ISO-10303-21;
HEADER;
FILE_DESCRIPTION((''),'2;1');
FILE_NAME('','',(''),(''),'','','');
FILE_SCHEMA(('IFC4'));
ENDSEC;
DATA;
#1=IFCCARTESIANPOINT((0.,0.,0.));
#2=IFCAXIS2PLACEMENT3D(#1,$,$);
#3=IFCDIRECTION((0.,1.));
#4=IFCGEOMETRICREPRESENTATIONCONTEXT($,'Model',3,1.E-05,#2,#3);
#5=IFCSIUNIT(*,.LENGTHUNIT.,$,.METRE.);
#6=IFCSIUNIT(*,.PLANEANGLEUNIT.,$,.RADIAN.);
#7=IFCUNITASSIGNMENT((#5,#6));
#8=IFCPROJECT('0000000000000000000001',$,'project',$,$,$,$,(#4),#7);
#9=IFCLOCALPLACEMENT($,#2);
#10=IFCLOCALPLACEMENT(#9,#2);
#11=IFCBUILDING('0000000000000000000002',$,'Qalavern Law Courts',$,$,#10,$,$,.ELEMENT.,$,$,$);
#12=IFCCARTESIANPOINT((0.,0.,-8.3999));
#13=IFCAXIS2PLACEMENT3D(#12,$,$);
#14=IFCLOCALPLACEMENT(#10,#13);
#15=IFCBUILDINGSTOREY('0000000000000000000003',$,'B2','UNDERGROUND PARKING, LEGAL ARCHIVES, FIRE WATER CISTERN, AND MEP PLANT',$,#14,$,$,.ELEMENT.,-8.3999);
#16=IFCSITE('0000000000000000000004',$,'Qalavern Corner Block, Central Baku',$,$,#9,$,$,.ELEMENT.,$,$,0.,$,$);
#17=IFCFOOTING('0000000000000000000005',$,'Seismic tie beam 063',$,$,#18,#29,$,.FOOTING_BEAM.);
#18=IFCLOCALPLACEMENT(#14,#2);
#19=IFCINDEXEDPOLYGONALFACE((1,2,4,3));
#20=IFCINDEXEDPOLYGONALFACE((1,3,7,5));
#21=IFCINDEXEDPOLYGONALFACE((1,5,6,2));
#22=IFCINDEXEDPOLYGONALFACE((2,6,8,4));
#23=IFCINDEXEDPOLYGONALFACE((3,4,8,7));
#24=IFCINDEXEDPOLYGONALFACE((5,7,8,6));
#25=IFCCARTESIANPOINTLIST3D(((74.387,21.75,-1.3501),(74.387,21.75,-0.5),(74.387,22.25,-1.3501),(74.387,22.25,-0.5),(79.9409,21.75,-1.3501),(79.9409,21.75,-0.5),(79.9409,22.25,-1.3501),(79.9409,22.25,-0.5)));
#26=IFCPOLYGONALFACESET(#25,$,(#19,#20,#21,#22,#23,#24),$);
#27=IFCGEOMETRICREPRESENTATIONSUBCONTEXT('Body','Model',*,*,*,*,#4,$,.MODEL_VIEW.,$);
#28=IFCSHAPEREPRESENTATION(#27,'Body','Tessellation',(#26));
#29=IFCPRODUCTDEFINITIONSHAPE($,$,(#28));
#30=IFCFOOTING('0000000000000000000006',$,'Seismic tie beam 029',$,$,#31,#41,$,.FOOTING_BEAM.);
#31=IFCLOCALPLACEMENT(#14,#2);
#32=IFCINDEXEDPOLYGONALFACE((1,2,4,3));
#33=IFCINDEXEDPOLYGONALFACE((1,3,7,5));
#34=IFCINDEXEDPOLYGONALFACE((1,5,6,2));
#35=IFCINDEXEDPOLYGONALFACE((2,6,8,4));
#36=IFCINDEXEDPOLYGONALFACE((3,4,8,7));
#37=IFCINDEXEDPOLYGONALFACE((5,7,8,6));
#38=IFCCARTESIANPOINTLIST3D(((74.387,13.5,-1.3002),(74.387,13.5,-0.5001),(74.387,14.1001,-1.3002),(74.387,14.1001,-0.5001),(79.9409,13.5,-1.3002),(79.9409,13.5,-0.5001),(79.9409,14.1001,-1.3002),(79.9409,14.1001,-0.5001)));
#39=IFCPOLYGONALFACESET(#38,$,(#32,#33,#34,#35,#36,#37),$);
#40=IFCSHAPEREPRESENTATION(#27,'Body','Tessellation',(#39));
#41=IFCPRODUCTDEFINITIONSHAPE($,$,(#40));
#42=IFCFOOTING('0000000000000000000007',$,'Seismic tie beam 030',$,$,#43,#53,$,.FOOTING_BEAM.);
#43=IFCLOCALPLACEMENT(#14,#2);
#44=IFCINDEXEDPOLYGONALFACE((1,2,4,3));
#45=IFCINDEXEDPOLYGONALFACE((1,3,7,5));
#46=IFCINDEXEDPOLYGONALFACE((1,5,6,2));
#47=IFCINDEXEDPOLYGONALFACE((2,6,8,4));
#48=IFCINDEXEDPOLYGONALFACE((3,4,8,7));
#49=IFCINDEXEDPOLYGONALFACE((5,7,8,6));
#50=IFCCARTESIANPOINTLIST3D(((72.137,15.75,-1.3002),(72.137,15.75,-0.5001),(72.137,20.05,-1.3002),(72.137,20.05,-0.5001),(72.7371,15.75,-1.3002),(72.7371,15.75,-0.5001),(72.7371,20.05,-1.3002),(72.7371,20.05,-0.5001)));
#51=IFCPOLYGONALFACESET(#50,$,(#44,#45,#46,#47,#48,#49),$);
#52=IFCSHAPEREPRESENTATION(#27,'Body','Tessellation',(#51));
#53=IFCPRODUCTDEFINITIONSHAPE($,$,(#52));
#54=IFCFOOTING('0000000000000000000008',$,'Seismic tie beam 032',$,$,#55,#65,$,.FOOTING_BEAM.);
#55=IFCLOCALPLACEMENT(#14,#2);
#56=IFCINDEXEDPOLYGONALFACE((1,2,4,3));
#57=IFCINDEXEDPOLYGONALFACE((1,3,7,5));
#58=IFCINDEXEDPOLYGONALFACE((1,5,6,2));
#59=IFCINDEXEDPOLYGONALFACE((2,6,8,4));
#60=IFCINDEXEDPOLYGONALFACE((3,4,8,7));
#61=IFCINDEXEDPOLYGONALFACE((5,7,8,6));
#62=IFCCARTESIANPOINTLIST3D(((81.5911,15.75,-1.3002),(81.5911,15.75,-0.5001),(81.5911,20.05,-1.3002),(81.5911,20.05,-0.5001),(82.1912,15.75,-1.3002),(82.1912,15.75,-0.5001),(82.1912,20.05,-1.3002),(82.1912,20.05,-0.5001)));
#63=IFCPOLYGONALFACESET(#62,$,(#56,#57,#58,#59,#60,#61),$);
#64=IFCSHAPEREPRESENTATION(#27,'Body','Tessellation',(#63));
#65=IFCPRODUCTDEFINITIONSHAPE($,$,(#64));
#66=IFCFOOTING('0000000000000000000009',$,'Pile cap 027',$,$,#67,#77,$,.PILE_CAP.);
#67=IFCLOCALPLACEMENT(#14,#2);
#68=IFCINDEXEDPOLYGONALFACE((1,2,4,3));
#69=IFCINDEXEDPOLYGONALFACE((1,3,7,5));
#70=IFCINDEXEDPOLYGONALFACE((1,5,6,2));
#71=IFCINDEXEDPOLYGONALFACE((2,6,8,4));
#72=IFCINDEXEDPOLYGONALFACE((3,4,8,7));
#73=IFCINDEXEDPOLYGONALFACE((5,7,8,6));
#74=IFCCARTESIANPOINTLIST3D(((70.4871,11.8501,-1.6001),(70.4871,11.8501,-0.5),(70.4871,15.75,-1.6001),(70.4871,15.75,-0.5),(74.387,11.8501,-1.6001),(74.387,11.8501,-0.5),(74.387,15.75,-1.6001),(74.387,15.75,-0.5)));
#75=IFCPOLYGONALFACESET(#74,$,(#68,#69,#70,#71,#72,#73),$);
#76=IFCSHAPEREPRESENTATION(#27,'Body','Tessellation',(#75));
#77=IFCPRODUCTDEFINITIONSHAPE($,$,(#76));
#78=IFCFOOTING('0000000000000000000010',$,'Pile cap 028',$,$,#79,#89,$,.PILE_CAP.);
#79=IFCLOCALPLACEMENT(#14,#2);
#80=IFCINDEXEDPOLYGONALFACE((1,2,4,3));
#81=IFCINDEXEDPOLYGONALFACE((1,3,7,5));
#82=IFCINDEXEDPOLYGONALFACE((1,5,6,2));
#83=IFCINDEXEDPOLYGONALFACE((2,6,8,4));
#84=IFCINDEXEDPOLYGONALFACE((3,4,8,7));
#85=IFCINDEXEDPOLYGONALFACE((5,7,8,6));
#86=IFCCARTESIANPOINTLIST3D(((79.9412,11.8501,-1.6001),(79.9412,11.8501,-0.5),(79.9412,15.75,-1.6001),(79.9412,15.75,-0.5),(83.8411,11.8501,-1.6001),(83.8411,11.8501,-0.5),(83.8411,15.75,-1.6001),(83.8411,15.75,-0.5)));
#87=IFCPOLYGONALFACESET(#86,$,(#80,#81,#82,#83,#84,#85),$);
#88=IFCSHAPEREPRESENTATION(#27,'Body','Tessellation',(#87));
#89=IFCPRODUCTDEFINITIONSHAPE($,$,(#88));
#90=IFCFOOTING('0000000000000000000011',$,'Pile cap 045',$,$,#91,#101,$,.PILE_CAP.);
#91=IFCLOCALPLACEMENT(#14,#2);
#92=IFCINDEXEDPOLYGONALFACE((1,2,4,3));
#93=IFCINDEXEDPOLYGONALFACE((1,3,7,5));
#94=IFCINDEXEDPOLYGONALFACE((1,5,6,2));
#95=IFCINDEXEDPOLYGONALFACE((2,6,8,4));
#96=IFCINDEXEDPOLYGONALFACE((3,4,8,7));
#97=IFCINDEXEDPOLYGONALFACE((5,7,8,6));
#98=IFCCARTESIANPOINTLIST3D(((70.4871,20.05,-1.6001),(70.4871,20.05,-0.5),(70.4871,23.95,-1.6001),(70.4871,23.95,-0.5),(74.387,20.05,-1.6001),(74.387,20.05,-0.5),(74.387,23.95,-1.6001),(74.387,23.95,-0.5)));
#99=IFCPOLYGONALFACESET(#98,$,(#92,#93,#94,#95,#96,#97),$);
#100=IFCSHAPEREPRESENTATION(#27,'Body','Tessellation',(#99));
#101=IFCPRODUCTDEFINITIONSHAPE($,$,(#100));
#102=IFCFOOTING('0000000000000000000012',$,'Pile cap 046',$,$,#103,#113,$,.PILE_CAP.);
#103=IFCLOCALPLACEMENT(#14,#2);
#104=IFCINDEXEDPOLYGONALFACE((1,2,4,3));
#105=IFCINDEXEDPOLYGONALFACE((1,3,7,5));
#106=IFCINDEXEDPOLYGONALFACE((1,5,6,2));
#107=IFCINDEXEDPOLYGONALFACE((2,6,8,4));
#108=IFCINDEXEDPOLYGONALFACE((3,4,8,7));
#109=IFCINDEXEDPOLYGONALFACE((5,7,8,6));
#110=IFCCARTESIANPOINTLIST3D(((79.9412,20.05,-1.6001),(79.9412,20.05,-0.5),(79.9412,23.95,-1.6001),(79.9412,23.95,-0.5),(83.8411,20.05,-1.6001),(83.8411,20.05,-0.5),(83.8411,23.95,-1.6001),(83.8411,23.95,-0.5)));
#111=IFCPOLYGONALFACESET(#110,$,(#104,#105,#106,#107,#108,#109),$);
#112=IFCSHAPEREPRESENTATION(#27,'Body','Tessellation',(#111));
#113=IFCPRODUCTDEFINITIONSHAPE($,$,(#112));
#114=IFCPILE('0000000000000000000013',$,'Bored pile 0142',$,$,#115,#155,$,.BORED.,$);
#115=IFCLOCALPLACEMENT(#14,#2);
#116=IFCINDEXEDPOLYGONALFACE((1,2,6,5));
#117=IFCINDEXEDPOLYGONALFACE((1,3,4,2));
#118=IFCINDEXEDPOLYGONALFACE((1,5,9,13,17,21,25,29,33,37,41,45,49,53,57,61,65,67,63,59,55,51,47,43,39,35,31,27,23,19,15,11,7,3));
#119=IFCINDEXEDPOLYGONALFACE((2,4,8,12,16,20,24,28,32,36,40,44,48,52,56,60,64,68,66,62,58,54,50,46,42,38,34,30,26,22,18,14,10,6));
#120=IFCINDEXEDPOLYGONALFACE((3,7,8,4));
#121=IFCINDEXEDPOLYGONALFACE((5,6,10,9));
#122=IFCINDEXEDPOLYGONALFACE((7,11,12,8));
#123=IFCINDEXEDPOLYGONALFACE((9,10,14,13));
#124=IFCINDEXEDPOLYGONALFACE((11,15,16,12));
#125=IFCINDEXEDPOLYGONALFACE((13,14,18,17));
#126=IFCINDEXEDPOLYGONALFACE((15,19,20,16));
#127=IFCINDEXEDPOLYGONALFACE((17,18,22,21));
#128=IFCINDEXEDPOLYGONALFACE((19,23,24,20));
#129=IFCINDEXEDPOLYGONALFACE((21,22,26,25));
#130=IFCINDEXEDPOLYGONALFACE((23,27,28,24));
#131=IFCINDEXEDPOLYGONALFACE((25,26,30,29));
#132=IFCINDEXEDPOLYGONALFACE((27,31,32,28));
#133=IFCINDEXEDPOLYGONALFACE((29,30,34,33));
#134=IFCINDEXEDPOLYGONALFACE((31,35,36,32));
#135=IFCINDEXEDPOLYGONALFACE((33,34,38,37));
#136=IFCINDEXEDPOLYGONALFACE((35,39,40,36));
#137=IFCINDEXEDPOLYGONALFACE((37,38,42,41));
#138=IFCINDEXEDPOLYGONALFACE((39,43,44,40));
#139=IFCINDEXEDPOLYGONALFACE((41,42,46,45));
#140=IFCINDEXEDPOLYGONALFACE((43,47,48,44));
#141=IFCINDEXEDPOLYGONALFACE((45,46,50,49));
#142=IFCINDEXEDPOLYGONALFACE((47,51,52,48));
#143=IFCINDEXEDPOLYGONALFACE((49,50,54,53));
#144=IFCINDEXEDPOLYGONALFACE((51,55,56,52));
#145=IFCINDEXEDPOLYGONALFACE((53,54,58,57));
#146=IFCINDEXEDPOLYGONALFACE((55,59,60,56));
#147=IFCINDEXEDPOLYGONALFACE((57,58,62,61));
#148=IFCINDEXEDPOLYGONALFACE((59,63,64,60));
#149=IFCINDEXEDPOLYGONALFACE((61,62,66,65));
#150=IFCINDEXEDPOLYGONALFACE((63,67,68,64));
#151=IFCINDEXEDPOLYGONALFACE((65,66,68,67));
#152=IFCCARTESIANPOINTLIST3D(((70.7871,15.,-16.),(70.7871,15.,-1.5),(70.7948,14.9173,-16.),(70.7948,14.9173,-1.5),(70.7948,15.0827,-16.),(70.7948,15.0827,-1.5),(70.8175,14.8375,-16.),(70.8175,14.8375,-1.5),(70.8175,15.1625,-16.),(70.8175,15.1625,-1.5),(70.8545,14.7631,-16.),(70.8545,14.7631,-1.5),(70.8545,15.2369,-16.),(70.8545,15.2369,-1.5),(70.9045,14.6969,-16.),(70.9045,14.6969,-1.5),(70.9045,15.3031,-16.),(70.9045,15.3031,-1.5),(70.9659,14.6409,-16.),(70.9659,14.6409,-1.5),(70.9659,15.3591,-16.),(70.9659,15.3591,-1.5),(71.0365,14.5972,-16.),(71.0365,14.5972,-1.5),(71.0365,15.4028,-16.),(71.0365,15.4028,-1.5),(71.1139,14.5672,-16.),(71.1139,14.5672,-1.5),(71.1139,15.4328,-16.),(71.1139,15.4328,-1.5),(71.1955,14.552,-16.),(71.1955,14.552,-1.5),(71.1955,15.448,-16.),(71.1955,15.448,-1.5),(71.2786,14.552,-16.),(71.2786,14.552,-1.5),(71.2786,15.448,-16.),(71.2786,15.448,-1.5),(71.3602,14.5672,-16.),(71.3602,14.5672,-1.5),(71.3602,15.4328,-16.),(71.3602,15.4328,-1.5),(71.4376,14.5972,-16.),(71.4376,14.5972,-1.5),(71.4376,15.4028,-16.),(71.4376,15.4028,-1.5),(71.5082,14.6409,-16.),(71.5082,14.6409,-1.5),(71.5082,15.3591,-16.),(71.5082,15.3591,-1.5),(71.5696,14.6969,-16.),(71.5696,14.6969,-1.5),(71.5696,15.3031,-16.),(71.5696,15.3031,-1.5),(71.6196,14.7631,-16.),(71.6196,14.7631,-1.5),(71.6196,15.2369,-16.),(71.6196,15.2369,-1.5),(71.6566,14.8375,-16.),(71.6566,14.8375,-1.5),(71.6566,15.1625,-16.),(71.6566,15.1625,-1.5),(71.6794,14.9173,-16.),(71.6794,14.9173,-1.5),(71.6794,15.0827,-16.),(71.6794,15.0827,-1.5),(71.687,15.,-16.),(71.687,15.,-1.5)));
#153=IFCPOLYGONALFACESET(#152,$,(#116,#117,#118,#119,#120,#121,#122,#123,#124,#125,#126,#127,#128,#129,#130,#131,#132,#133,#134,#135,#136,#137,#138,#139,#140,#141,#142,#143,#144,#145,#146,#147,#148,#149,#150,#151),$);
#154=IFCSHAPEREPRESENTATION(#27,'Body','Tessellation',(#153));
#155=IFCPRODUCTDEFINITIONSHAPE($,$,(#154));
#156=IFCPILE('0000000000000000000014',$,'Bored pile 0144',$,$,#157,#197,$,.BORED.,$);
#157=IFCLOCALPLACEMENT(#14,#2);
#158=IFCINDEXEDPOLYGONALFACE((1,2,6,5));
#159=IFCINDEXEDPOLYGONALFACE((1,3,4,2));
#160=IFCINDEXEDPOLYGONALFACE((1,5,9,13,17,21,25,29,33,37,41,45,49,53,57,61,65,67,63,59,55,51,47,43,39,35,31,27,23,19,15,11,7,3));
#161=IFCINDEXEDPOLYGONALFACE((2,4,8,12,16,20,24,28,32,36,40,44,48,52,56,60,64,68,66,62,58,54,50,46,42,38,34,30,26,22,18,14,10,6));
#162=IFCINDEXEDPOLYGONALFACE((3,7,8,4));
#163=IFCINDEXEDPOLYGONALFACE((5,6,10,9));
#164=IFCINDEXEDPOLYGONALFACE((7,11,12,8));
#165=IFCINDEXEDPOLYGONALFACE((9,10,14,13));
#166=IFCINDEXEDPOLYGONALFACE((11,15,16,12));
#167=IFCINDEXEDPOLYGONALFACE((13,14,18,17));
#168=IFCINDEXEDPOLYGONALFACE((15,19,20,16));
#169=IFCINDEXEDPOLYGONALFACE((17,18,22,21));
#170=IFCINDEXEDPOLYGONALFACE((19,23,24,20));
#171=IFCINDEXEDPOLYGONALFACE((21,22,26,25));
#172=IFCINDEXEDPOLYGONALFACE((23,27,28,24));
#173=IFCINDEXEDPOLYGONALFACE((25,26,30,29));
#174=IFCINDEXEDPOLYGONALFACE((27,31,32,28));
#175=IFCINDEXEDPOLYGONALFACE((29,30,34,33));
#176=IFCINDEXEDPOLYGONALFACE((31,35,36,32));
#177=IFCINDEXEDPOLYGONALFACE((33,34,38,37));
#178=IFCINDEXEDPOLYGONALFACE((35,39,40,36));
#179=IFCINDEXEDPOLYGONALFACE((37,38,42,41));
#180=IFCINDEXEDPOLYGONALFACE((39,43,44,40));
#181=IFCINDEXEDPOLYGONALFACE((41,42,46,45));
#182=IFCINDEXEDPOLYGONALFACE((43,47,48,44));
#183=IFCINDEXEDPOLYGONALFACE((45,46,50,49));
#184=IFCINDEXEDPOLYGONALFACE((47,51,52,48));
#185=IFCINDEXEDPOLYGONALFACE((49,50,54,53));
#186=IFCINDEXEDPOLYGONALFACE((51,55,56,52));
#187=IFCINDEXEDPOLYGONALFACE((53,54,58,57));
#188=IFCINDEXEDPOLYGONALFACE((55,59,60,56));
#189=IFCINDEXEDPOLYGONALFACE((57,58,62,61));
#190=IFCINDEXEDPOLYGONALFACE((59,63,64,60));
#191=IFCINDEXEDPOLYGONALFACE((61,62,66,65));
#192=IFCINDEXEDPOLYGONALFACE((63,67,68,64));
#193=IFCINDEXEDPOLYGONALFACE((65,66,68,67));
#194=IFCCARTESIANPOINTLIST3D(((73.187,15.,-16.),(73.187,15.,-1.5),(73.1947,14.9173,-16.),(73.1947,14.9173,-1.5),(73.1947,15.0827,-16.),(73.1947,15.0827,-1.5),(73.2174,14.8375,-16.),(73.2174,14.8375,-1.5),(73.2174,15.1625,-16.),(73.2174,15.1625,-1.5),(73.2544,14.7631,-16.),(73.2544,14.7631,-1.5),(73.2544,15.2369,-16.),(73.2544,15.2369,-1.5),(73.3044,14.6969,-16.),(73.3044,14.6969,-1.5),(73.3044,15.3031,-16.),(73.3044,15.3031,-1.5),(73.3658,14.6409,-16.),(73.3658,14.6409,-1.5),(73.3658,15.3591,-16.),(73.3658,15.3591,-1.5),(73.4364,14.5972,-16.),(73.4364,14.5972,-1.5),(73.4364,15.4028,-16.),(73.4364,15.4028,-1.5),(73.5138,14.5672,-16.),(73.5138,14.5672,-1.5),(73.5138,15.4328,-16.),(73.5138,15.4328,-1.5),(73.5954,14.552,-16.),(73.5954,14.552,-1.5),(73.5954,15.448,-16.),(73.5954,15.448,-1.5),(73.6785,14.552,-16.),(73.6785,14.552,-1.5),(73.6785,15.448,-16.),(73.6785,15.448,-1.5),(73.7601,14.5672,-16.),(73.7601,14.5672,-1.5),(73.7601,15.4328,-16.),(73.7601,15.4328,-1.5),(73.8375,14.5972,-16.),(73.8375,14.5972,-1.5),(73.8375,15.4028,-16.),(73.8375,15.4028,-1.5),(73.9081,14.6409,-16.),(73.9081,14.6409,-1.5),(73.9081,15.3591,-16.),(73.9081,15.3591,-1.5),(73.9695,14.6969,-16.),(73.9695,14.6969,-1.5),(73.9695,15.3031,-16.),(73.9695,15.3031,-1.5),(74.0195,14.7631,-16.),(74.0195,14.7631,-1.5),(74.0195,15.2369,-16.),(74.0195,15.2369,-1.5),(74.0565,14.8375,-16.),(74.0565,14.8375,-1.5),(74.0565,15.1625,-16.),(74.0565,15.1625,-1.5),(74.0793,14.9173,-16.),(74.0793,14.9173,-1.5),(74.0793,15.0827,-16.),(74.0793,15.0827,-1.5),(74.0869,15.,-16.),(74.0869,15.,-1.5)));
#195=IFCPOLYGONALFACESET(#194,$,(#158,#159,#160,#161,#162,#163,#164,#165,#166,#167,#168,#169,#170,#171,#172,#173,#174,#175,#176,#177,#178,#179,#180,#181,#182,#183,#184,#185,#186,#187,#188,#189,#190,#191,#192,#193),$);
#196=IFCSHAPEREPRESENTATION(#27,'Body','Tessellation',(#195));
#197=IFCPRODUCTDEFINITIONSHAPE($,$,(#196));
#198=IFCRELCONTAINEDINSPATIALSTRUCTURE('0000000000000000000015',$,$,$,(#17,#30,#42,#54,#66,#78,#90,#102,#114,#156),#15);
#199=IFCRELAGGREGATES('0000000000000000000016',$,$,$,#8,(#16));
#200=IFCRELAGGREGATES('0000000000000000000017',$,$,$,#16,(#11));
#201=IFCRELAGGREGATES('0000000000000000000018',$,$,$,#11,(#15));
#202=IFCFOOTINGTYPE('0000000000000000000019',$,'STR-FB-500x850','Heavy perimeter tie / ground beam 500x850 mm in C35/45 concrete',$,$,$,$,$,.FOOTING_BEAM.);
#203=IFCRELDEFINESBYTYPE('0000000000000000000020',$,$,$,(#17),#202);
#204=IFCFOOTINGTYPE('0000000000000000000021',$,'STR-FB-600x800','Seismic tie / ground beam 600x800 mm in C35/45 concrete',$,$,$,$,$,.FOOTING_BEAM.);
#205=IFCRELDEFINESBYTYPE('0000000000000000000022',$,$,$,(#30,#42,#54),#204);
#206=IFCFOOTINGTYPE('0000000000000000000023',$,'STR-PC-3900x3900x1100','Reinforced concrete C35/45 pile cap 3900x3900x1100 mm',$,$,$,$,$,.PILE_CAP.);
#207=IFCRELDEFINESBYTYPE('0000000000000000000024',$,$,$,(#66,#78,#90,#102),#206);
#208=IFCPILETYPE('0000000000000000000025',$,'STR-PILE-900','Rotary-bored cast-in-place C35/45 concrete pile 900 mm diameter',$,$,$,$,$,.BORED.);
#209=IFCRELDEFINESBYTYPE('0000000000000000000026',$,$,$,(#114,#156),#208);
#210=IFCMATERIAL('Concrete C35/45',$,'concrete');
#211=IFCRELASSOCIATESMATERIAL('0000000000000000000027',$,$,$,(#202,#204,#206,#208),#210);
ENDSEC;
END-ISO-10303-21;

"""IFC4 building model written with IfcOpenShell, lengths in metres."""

from ifc_helpers import new_model, si_unit, direction, frame, origin, origin_2d, place, context, subcontext, project, spatial, rectangle, circle, extrude, material, material_profile, profile_set, type_object, element, save


model = new_model("IFC4")

# Units and contexts
model_context = context("Model", 3, precision=1e-05, world=origin(), true_north=direction((0.0, 1.0)))
body_context = subcontext(model_context, "Body", "Model", "MODEL_VIEW")
ifc_project = project(units=[si_unit("LENGTHUNIT", "METRE"), si_unit("PLANEANGLEUNIT", "RADIAN")], contexts=[model_context])

# Site, building, storey
site_placement = place(None, origin())
site = spatial("IfcSite", under=ifc_project, at=site_placement, Name="Qalavern Corner Block, Central Baku", CompositionType="ELEMENT", RefElevation=0.0)
building_placement = place(site_placement, origin())
building = spatial("IfcBuilding", under=site, at=building_placement, Name="Qalavern Law Courts", CompositionType="ELEMENT")
storey_placement = place(building_placement, frame((0.0, 0.0, -8.3999)))
storey = spatial("IfcBuildingStorey", under=building, at=storey_placement, Name="B2", Description="UNDERGROUND PARKING, LEGAL ARCHIVES, FIRE WATER CISTERN, AND MEP PLANT", CompositionType="ELEMENT", Elevation=-8.3999)

# Footings
ifc_material_1 = material(Name="Concrete C35/45", Category="concrete")
ifc_material_profile_1 = material_profile(ifc_material_1, rectangle(XDim=0.5, YDim=0.8501, at=origin_2d()), Name="RC 500x850")
ifc_profile_set_1 = profile_set([ifc_material_profile_1], Name="Concrete C35/45")
footing_type_1 = type_object("IfcFootingType", Name="STR-FB-500x850", Description="Heavy perimeter tie / ground beam 500x850 mm in C35/45 concrete", PredefinedType="FOOTING_BEAM", material=ifc_profile_set_1)
footing_1_placement = place(storey_placement, frame((74.387, 22.0, -0.925), z_axis=(1.0, 0.0, 0.0), x_axis=(0.0, 1.0, 0.0)))
element("IfcFooting", 1, at=footing_1_placement, inside=storey, type_object=footing_type_1, Name="Seismic tie beam 063", PredefinedType="FOOTING_BEAM", context=body_context, shape_type="SweptSolid", body=[
    extrude(rectangle(XDim=0.5, YDim=0.8501, at=origin_2d()), origin(), (0.0, 0.0, 1.0), 5.554),
])
ifc_material_profile_2 = material_profile(ifc_material_1, rectangle(XDim=0.6001, YDim=0.8, at=origin_2d()), Name="RC 600x800")
ifc_profile_set_2 = profile_set([ifc_material_profile_2], Name="Concrete C35/45")
footing_type_2 = type_object("IfcFootingType", Name="STR-FB-600x800", Description="Seismic tie / ground beam 600x800 mm in C35/45 concrete", PredefinedType="FOOTING_BEAM", material=ifc_profile_set_2)
footing_2_placement = place(storey_placement, frame((74.387, 13.8, -0.9001), z_axis=(1.0, 0.0, 0.0), x_axis=(0.0, 1.0, 0.0)))
element("IfcFooting", 2, at=footing_2_placement, inside=storey, type_object=footing_type_2, Name="Seismic tie beam 029", PredefinedType="FOOTING_BEAM", context=body_context, shape_type="SweptSolid", body=[
    extrude(rectangle(XDim=0.6001, YDim=0.8, at=origin_2d()), origin(), (0.0, 0.0, 1.0), 5.554),
])
for number, where, z_axis, x_axis, name in (
    (3, (72.437, 15.75, -0.9001), (0.0, 1.0, 0.0), (-1.0, 0.0, 0.0), "Seismic tie beam 030"),
    (4, (81.8911, 15.75, -0.9001), (0.0, 1.0, 0.0), (-1.0, 0.0, 0.0), "Seismic tie beam 032"),
):
    element("IfcFooting", number, at=place(storey_placement, frame(where, z_axis=z_axis, x_axis=x_axis)), inside=storey, type_object=footing_type_2, Name=name, PredefinedType="FOOTING_BEAM", context=body_context, shape_type="SweptSolid", body=[
        extrude(rectangle(XDim=0.6001, YDim=0.8, at=origin_2d()), origin(), (0.0, 0.0, 1.0), 4.3),
    ])
footing_type_3 = type_object("IfcFootingType", Name="STR-PC-3900x3900x1100", Description="Reinforced concrete C35/45 pile cap 3900x3900x1100 mm", PredefinedType="PILE_CAP", material=ifc_material_1)
for number, where, z_axis, x_axis, name in (
    (5, (72.437, 13.8, -1.6001), (0.0, 0.0, 1.0), (1.0, 0.0, 0.0), "Pile cap 027"),
    (6, (81.8911, 13.8, -1.6001), (0.0, 0.0, 1.0), (1.0, 0.0, 0.0), "Pile cap 028"),
    (7, (72.437, 22.0, -1.6001), (0.0, 0.0, 1.0), (1.0, 0.0, 0.0), "Pile cap 045"),
    (8, (81.8911, 22.0, -1.6001), (0.0, 0.0, 1.0), (1.0, 0.0, 0.0), "Pile cap 046"),
):
    element("IfcFooting", number, at=place(storey_placement, frame(where, z_axis=z_axis, x_axis=x_axis)), inside=storey, type_object=footing_type_3, Name=name, PredefinedType="PILE_CAP", context=body_context, shape_type="SweptSolid", body=[
        extrude(rectangle(XDim=3.8999, YDim=3.8999, at=origin_2d()), origin(), (0.0, 0.0, 1.0), 1.1001),
    ])

# Piles
ifc_material_profile_3 = material_profile(ifc_material_1, circle(Radius=0.45, at=origin_2d()), Name="BORED PILE 900")
ifc_profile_set_3 = profile_set([ifc_material_profile_3], Name="Concrete C35/45")
pile_type = type_object("IfcPileType", Name="STR-PILE-900", Description="Rotary-bored cast-in-place C35/45 concrete pile 900 mm diameter", PredefinedType="BORED", material=ifc_profile_set_3)
for number, where, z_axis, x_axis, name in (
    (9, (71.2371, 15.0, -1.5), (0.0, 0.0, -1.0), (1.0, 0.0, 0.0), "Bored pile 0142"),
    (10, (73.637, 15.0, -1.5), (0.0, 0.0, -1.0), (1.0, 0.0, 0.0), "Bored pile 0144"),
):
    element("IfcPile", number, at=place(storey_placement, frame(where, z_axis=z_axis, x_axis=x_axis)), inside=storey, type_object=pile_type, Name=name, PredefinedType="BORED", context=body_context, shape_type="SweptSolid", body=[
        extrude(circle(Radius=0.45, at=origin_2d()), origin(), (0.0, 0.0, 1.0), 14.5),
    ])

save(model, "model.ifc")
